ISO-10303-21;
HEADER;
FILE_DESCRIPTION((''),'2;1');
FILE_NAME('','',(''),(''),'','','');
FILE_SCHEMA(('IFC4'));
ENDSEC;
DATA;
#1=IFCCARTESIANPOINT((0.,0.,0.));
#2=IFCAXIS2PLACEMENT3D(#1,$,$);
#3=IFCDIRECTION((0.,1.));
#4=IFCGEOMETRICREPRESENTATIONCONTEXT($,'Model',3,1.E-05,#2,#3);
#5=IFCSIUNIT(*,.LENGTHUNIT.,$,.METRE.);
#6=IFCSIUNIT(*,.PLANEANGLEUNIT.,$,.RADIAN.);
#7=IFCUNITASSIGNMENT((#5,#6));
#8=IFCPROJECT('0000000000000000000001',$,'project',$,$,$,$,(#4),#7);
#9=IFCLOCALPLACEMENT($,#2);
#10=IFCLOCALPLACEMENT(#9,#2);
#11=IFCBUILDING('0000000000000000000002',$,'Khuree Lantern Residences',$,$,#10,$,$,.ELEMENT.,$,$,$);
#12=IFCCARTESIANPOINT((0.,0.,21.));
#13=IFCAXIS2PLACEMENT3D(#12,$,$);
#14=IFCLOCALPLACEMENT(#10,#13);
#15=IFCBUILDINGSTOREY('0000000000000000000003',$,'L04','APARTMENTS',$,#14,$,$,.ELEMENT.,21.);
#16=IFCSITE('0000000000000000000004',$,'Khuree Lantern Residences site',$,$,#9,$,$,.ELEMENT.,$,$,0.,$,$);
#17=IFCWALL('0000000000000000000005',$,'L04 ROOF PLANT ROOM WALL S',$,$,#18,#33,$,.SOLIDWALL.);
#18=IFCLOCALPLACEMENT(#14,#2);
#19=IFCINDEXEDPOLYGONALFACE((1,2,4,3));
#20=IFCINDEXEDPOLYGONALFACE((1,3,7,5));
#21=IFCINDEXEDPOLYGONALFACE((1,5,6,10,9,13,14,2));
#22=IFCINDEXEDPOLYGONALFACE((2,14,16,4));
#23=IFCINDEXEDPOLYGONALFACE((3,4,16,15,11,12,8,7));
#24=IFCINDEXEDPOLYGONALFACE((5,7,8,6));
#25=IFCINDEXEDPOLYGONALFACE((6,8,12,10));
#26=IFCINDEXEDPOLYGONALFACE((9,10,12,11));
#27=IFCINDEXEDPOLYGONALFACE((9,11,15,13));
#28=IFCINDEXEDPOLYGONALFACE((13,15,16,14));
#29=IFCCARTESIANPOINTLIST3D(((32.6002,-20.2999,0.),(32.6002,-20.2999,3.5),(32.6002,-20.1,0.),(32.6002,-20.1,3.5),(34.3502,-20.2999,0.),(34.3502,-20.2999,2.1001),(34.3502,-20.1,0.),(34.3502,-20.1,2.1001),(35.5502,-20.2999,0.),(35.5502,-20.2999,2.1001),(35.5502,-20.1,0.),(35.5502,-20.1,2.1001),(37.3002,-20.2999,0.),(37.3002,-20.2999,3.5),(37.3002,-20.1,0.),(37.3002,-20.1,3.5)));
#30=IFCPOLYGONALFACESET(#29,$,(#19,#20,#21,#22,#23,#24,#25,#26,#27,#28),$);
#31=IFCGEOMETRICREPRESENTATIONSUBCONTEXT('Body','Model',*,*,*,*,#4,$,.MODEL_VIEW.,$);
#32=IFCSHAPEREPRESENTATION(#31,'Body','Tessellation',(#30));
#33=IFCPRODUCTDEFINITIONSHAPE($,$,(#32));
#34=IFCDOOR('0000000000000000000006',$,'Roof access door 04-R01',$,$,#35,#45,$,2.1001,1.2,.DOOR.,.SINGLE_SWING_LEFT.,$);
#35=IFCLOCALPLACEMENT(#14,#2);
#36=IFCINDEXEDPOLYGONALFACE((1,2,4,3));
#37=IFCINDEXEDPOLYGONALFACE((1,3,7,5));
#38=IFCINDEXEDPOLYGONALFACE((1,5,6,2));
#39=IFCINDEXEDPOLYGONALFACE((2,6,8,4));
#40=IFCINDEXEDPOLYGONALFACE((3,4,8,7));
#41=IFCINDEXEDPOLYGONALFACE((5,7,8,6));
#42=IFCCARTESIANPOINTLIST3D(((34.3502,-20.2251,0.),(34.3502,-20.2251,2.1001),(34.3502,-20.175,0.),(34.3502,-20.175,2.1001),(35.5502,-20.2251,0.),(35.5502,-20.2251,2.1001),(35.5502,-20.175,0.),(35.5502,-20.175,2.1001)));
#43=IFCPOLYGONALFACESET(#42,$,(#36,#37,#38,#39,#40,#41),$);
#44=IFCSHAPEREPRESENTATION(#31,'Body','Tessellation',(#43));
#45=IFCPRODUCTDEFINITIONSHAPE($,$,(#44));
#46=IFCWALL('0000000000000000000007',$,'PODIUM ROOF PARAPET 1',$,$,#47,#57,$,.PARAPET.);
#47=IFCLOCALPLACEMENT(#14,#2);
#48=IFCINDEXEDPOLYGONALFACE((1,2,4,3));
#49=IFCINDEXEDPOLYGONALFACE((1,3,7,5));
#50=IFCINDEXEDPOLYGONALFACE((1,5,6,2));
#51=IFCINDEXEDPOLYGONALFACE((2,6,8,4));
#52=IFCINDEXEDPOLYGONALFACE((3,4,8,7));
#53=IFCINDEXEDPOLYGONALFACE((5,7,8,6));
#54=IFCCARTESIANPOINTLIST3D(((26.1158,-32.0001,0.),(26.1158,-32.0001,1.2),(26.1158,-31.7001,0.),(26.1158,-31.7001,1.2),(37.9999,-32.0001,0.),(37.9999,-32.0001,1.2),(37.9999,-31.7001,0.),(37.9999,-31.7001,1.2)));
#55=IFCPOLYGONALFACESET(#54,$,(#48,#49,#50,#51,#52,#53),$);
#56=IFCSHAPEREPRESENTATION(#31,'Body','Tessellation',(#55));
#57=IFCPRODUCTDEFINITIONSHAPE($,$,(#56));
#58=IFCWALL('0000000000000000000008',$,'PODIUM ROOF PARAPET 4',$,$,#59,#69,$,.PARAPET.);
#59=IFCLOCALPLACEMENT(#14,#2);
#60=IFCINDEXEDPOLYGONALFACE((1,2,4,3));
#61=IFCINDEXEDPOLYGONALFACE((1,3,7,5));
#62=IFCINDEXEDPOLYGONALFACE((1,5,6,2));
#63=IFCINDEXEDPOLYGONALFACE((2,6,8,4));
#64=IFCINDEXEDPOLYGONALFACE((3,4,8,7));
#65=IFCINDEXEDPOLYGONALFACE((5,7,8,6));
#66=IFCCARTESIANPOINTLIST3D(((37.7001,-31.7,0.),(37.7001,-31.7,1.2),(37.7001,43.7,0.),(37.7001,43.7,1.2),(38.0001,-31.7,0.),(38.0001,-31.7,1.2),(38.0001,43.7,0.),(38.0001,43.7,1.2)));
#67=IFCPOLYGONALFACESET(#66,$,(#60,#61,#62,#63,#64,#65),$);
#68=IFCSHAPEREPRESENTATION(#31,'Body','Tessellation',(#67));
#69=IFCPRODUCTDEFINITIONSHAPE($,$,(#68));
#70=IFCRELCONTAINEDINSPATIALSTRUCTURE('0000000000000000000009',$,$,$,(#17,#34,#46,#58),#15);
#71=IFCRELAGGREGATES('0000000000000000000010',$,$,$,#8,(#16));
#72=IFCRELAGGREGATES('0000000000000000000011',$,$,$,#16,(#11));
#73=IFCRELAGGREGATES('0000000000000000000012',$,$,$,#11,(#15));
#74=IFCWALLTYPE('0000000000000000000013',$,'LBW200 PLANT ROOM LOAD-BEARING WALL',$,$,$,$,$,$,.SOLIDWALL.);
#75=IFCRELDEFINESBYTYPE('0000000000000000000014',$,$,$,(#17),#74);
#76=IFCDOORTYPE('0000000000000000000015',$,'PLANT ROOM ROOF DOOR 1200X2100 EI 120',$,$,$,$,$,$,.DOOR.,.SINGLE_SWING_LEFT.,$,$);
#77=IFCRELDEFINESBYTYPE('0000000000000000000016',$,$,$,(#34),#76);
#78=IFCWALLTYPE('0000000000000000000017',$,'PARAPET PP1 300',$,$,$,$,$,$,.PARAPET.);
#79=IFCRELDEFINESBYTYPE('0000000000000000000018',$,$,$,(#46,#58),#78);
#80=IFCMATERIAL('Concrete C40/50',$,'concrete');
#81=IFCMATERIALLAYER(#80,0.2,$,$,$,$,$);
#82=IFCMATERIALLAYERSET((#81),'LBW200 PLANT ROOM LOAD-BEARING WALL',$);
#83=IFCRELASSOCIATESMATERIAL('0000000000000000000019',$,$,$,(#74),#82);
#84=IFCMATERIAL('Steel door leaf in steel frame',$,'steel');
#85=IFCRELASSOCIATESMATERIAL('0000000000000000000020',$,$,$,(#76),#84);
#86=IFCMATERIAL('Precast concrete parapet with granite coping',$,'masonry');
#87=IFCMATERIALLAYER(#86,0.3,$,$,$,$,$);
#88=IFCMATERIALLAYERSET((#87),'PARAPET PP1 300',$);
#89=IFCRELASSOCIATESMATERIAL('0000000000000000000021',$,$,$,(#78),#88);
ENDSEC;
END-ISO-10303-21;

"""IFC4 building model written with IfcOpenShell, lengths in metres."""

from ifc_helpers import new_model, si_unit, direction, frame, frame_2d, origin, place, context, subcontext, project, spatial, rectangle, extrude, material, layer, layer_set, type_object, element, fill, save


model = new_model("IFC4")

# Units and contexts
model_context = context("Model", 3, precision=1e-05, world=origin(), true_north=direction((0.0, 1.0)))
body_context = subcontext(model_context, "Body", "Model", "MODEL_VIEW")
ifc_project = project(units=[si_unit("LENGTHUNIT", "METRE"), si_unit("PLANEANGLEUNIT", "RADIAN")], contexts=[model_context])

# Site, building, storey
site_placement = place(None, origin())
site = spatial("IfcSite", under=ifc_project, at=site_placement, Name="Khuree Lantern Residences site", CompositionType="ELEMENT", RefElevation=0.0)
building_placement = place(site_placement, origin())
building = spatial("IfcBuilding", under=site, at=building_placement, Name="Khuree Lantern Residences", CompositionType="ELEMENT")
storey_placement = place(building_placement, frame((0.0, 0.0, 21.0)))
storey = spatial("IfcBuildingStorey", under=building, at=storey_placement, Name="L04", Description="APARTMENTS", CompositionType="ELEMENT", Elevation=21.0)

# Shared definitions
ifc_material_1 = material(Name="Concrete C40/50", Category="concrete")

# Shared definitions
ifc_layer_1 = layer(ifc_material_1, 0.2)
ifc_layer_set_1 = layer_set([ifc_layer_1], Name="LBW200 PLANT ROOM LOAD-BEARING WALL")
wall_type_1 = type_object("IfcWallType", Name="LBW200 PLANT ROOM LOAD-BEARING WALL", PredefinedType="SOLIDWALL", material=ifc_layer_set_1)

# Wall, opening, door
wall_1_placement = place(storey_placement, frame((32.6001, -20.2, 0.0), z_axis=(0.0, 0.0, 1.0), x_axis=(1.0, 0.0, 0.0)))
wall_1 = element("IfcWall", 1, at=wall_1_placement, inside=storey, type_object=wall_type_1, Name="L04 ROOF PLANT ROOM WALL S", PredefinedType="SOLIDWALL", context=body_context, shape_type="SweptSolid", body=[
    extrude(rectangle(XDim=4.7, YDim=0.2, at=frame_2d((2.3501, 0.0))), origin(), (0.0, 0.0, 1.0), 3.5),
])
opening_placement = place(wall_1_placement, frame((1.75, 0.0, 0.0)))
opening = element("IfcOpeningElement", 2, at=opening_placement, cuts=wall_1, PredefinedType="OPENING", context=body_context, shape_type="SweptSolid", body=[
    extrude(rectangle(XDim=1.2, YDim=2.1001, at=frame_2d((0.6001, 1.05))), frame((0.0, 0.1099, 0.0), z_axis=(0.0, -1.0, 0.0), x_axis=(1.0, 0.0, 0.0)), (0.0, 0.0, 1.0), 0.22),
])
ifc_material_2 = material(Name="Steel door leaf in steel frame", Category="steel")
door_type = type_object("IfcDoorType", Name="PLANT ROOM ROOF DOOR 1200X2100 EI 120", OperationType="SINGLE_SWING_LEFT", PredefinedType="DOOR", material=ifc_material_2)
door_placement = place(opening_placement, origin())
door = element("IfcDoor", 3, at=door_placement, inside=storey, type_object=door_type, Name="Roof access door 04-R01", OperationType="SINGLE_SWING_LEFT", OverallHeight=2.1001, OverallWidth=1.2, PredefinedType="DOOR", context=body_context, shape_type="SweptSolid", body=[
    extrude(rectangle(XDim=1.2, YDim=2.1001, at=frame_2d((0.6001, 1.05))), frame((0.0, 0.0249, 0.0), z_axis=(0.0, -1.0, 0.0), x_axis=(1.0, 0.0, 0.0)), (0.0, 0.0, 1.0), 0.05),
])
fill(opening, door)

# Walls
ifc_material_3 = material(Name="Precast concrete parapet with granite coping", Category="masonry")
ifc_layer_2 = layer(ifc_material_3, 0.3)
ifc_layer_set_2 = layer_set([ifc_layer_2], Name="PARAPET PP1 300")
wall_type_2 = type_object("IfcWallType", Name="PARAPET PP1 300", PredefinedType="PARAPET", material=ifc_layer_set_2)
wall_2_placement = place(storey_placement, frame((26.116, -31.8501, 0.0), z_axis=(0.0, 0.0, 1.0), x_axis=(1.0, 0.0, 0.0)))
element("IfcWall", 4, at=wall_2_placement, inside=storey, type_object=wall_type_2, Name="PODIUM ROOF PARAPET 1", PredefinedType="PARAPET", context=body_context, shape_type="SweptSolid", body=[
    extrude(rectangle(XDim=11.884, YDim=0.3, at=frame_2d((5.9419, 0.0))), origin(), (0.0, 0.0, 1.0), 1.2),
])
wall_3_placement = place(storey_placement, frame((37.8501, -31.7, 0.0), z_axis=(0.0, 0.0, 1.0), x_axis=(0.0, 1.0, 0.0)))
element("IfcWall", 5, at=wall_3_placement, inside=storey, type_object=wall_type_2, Name="PODIUM ROOF PARAPET 4", PredefinedType="PARAPET", context=body_context, shape_type="SweptSolid", body=[
    extrude(rectangle(XDim=75.3999, YDim=0.3, at=frame_2d((37.7, 0.0))), origin(), (0.0, 0.0, 1.0), 1.2),
])

save(model, "model.ifc")
